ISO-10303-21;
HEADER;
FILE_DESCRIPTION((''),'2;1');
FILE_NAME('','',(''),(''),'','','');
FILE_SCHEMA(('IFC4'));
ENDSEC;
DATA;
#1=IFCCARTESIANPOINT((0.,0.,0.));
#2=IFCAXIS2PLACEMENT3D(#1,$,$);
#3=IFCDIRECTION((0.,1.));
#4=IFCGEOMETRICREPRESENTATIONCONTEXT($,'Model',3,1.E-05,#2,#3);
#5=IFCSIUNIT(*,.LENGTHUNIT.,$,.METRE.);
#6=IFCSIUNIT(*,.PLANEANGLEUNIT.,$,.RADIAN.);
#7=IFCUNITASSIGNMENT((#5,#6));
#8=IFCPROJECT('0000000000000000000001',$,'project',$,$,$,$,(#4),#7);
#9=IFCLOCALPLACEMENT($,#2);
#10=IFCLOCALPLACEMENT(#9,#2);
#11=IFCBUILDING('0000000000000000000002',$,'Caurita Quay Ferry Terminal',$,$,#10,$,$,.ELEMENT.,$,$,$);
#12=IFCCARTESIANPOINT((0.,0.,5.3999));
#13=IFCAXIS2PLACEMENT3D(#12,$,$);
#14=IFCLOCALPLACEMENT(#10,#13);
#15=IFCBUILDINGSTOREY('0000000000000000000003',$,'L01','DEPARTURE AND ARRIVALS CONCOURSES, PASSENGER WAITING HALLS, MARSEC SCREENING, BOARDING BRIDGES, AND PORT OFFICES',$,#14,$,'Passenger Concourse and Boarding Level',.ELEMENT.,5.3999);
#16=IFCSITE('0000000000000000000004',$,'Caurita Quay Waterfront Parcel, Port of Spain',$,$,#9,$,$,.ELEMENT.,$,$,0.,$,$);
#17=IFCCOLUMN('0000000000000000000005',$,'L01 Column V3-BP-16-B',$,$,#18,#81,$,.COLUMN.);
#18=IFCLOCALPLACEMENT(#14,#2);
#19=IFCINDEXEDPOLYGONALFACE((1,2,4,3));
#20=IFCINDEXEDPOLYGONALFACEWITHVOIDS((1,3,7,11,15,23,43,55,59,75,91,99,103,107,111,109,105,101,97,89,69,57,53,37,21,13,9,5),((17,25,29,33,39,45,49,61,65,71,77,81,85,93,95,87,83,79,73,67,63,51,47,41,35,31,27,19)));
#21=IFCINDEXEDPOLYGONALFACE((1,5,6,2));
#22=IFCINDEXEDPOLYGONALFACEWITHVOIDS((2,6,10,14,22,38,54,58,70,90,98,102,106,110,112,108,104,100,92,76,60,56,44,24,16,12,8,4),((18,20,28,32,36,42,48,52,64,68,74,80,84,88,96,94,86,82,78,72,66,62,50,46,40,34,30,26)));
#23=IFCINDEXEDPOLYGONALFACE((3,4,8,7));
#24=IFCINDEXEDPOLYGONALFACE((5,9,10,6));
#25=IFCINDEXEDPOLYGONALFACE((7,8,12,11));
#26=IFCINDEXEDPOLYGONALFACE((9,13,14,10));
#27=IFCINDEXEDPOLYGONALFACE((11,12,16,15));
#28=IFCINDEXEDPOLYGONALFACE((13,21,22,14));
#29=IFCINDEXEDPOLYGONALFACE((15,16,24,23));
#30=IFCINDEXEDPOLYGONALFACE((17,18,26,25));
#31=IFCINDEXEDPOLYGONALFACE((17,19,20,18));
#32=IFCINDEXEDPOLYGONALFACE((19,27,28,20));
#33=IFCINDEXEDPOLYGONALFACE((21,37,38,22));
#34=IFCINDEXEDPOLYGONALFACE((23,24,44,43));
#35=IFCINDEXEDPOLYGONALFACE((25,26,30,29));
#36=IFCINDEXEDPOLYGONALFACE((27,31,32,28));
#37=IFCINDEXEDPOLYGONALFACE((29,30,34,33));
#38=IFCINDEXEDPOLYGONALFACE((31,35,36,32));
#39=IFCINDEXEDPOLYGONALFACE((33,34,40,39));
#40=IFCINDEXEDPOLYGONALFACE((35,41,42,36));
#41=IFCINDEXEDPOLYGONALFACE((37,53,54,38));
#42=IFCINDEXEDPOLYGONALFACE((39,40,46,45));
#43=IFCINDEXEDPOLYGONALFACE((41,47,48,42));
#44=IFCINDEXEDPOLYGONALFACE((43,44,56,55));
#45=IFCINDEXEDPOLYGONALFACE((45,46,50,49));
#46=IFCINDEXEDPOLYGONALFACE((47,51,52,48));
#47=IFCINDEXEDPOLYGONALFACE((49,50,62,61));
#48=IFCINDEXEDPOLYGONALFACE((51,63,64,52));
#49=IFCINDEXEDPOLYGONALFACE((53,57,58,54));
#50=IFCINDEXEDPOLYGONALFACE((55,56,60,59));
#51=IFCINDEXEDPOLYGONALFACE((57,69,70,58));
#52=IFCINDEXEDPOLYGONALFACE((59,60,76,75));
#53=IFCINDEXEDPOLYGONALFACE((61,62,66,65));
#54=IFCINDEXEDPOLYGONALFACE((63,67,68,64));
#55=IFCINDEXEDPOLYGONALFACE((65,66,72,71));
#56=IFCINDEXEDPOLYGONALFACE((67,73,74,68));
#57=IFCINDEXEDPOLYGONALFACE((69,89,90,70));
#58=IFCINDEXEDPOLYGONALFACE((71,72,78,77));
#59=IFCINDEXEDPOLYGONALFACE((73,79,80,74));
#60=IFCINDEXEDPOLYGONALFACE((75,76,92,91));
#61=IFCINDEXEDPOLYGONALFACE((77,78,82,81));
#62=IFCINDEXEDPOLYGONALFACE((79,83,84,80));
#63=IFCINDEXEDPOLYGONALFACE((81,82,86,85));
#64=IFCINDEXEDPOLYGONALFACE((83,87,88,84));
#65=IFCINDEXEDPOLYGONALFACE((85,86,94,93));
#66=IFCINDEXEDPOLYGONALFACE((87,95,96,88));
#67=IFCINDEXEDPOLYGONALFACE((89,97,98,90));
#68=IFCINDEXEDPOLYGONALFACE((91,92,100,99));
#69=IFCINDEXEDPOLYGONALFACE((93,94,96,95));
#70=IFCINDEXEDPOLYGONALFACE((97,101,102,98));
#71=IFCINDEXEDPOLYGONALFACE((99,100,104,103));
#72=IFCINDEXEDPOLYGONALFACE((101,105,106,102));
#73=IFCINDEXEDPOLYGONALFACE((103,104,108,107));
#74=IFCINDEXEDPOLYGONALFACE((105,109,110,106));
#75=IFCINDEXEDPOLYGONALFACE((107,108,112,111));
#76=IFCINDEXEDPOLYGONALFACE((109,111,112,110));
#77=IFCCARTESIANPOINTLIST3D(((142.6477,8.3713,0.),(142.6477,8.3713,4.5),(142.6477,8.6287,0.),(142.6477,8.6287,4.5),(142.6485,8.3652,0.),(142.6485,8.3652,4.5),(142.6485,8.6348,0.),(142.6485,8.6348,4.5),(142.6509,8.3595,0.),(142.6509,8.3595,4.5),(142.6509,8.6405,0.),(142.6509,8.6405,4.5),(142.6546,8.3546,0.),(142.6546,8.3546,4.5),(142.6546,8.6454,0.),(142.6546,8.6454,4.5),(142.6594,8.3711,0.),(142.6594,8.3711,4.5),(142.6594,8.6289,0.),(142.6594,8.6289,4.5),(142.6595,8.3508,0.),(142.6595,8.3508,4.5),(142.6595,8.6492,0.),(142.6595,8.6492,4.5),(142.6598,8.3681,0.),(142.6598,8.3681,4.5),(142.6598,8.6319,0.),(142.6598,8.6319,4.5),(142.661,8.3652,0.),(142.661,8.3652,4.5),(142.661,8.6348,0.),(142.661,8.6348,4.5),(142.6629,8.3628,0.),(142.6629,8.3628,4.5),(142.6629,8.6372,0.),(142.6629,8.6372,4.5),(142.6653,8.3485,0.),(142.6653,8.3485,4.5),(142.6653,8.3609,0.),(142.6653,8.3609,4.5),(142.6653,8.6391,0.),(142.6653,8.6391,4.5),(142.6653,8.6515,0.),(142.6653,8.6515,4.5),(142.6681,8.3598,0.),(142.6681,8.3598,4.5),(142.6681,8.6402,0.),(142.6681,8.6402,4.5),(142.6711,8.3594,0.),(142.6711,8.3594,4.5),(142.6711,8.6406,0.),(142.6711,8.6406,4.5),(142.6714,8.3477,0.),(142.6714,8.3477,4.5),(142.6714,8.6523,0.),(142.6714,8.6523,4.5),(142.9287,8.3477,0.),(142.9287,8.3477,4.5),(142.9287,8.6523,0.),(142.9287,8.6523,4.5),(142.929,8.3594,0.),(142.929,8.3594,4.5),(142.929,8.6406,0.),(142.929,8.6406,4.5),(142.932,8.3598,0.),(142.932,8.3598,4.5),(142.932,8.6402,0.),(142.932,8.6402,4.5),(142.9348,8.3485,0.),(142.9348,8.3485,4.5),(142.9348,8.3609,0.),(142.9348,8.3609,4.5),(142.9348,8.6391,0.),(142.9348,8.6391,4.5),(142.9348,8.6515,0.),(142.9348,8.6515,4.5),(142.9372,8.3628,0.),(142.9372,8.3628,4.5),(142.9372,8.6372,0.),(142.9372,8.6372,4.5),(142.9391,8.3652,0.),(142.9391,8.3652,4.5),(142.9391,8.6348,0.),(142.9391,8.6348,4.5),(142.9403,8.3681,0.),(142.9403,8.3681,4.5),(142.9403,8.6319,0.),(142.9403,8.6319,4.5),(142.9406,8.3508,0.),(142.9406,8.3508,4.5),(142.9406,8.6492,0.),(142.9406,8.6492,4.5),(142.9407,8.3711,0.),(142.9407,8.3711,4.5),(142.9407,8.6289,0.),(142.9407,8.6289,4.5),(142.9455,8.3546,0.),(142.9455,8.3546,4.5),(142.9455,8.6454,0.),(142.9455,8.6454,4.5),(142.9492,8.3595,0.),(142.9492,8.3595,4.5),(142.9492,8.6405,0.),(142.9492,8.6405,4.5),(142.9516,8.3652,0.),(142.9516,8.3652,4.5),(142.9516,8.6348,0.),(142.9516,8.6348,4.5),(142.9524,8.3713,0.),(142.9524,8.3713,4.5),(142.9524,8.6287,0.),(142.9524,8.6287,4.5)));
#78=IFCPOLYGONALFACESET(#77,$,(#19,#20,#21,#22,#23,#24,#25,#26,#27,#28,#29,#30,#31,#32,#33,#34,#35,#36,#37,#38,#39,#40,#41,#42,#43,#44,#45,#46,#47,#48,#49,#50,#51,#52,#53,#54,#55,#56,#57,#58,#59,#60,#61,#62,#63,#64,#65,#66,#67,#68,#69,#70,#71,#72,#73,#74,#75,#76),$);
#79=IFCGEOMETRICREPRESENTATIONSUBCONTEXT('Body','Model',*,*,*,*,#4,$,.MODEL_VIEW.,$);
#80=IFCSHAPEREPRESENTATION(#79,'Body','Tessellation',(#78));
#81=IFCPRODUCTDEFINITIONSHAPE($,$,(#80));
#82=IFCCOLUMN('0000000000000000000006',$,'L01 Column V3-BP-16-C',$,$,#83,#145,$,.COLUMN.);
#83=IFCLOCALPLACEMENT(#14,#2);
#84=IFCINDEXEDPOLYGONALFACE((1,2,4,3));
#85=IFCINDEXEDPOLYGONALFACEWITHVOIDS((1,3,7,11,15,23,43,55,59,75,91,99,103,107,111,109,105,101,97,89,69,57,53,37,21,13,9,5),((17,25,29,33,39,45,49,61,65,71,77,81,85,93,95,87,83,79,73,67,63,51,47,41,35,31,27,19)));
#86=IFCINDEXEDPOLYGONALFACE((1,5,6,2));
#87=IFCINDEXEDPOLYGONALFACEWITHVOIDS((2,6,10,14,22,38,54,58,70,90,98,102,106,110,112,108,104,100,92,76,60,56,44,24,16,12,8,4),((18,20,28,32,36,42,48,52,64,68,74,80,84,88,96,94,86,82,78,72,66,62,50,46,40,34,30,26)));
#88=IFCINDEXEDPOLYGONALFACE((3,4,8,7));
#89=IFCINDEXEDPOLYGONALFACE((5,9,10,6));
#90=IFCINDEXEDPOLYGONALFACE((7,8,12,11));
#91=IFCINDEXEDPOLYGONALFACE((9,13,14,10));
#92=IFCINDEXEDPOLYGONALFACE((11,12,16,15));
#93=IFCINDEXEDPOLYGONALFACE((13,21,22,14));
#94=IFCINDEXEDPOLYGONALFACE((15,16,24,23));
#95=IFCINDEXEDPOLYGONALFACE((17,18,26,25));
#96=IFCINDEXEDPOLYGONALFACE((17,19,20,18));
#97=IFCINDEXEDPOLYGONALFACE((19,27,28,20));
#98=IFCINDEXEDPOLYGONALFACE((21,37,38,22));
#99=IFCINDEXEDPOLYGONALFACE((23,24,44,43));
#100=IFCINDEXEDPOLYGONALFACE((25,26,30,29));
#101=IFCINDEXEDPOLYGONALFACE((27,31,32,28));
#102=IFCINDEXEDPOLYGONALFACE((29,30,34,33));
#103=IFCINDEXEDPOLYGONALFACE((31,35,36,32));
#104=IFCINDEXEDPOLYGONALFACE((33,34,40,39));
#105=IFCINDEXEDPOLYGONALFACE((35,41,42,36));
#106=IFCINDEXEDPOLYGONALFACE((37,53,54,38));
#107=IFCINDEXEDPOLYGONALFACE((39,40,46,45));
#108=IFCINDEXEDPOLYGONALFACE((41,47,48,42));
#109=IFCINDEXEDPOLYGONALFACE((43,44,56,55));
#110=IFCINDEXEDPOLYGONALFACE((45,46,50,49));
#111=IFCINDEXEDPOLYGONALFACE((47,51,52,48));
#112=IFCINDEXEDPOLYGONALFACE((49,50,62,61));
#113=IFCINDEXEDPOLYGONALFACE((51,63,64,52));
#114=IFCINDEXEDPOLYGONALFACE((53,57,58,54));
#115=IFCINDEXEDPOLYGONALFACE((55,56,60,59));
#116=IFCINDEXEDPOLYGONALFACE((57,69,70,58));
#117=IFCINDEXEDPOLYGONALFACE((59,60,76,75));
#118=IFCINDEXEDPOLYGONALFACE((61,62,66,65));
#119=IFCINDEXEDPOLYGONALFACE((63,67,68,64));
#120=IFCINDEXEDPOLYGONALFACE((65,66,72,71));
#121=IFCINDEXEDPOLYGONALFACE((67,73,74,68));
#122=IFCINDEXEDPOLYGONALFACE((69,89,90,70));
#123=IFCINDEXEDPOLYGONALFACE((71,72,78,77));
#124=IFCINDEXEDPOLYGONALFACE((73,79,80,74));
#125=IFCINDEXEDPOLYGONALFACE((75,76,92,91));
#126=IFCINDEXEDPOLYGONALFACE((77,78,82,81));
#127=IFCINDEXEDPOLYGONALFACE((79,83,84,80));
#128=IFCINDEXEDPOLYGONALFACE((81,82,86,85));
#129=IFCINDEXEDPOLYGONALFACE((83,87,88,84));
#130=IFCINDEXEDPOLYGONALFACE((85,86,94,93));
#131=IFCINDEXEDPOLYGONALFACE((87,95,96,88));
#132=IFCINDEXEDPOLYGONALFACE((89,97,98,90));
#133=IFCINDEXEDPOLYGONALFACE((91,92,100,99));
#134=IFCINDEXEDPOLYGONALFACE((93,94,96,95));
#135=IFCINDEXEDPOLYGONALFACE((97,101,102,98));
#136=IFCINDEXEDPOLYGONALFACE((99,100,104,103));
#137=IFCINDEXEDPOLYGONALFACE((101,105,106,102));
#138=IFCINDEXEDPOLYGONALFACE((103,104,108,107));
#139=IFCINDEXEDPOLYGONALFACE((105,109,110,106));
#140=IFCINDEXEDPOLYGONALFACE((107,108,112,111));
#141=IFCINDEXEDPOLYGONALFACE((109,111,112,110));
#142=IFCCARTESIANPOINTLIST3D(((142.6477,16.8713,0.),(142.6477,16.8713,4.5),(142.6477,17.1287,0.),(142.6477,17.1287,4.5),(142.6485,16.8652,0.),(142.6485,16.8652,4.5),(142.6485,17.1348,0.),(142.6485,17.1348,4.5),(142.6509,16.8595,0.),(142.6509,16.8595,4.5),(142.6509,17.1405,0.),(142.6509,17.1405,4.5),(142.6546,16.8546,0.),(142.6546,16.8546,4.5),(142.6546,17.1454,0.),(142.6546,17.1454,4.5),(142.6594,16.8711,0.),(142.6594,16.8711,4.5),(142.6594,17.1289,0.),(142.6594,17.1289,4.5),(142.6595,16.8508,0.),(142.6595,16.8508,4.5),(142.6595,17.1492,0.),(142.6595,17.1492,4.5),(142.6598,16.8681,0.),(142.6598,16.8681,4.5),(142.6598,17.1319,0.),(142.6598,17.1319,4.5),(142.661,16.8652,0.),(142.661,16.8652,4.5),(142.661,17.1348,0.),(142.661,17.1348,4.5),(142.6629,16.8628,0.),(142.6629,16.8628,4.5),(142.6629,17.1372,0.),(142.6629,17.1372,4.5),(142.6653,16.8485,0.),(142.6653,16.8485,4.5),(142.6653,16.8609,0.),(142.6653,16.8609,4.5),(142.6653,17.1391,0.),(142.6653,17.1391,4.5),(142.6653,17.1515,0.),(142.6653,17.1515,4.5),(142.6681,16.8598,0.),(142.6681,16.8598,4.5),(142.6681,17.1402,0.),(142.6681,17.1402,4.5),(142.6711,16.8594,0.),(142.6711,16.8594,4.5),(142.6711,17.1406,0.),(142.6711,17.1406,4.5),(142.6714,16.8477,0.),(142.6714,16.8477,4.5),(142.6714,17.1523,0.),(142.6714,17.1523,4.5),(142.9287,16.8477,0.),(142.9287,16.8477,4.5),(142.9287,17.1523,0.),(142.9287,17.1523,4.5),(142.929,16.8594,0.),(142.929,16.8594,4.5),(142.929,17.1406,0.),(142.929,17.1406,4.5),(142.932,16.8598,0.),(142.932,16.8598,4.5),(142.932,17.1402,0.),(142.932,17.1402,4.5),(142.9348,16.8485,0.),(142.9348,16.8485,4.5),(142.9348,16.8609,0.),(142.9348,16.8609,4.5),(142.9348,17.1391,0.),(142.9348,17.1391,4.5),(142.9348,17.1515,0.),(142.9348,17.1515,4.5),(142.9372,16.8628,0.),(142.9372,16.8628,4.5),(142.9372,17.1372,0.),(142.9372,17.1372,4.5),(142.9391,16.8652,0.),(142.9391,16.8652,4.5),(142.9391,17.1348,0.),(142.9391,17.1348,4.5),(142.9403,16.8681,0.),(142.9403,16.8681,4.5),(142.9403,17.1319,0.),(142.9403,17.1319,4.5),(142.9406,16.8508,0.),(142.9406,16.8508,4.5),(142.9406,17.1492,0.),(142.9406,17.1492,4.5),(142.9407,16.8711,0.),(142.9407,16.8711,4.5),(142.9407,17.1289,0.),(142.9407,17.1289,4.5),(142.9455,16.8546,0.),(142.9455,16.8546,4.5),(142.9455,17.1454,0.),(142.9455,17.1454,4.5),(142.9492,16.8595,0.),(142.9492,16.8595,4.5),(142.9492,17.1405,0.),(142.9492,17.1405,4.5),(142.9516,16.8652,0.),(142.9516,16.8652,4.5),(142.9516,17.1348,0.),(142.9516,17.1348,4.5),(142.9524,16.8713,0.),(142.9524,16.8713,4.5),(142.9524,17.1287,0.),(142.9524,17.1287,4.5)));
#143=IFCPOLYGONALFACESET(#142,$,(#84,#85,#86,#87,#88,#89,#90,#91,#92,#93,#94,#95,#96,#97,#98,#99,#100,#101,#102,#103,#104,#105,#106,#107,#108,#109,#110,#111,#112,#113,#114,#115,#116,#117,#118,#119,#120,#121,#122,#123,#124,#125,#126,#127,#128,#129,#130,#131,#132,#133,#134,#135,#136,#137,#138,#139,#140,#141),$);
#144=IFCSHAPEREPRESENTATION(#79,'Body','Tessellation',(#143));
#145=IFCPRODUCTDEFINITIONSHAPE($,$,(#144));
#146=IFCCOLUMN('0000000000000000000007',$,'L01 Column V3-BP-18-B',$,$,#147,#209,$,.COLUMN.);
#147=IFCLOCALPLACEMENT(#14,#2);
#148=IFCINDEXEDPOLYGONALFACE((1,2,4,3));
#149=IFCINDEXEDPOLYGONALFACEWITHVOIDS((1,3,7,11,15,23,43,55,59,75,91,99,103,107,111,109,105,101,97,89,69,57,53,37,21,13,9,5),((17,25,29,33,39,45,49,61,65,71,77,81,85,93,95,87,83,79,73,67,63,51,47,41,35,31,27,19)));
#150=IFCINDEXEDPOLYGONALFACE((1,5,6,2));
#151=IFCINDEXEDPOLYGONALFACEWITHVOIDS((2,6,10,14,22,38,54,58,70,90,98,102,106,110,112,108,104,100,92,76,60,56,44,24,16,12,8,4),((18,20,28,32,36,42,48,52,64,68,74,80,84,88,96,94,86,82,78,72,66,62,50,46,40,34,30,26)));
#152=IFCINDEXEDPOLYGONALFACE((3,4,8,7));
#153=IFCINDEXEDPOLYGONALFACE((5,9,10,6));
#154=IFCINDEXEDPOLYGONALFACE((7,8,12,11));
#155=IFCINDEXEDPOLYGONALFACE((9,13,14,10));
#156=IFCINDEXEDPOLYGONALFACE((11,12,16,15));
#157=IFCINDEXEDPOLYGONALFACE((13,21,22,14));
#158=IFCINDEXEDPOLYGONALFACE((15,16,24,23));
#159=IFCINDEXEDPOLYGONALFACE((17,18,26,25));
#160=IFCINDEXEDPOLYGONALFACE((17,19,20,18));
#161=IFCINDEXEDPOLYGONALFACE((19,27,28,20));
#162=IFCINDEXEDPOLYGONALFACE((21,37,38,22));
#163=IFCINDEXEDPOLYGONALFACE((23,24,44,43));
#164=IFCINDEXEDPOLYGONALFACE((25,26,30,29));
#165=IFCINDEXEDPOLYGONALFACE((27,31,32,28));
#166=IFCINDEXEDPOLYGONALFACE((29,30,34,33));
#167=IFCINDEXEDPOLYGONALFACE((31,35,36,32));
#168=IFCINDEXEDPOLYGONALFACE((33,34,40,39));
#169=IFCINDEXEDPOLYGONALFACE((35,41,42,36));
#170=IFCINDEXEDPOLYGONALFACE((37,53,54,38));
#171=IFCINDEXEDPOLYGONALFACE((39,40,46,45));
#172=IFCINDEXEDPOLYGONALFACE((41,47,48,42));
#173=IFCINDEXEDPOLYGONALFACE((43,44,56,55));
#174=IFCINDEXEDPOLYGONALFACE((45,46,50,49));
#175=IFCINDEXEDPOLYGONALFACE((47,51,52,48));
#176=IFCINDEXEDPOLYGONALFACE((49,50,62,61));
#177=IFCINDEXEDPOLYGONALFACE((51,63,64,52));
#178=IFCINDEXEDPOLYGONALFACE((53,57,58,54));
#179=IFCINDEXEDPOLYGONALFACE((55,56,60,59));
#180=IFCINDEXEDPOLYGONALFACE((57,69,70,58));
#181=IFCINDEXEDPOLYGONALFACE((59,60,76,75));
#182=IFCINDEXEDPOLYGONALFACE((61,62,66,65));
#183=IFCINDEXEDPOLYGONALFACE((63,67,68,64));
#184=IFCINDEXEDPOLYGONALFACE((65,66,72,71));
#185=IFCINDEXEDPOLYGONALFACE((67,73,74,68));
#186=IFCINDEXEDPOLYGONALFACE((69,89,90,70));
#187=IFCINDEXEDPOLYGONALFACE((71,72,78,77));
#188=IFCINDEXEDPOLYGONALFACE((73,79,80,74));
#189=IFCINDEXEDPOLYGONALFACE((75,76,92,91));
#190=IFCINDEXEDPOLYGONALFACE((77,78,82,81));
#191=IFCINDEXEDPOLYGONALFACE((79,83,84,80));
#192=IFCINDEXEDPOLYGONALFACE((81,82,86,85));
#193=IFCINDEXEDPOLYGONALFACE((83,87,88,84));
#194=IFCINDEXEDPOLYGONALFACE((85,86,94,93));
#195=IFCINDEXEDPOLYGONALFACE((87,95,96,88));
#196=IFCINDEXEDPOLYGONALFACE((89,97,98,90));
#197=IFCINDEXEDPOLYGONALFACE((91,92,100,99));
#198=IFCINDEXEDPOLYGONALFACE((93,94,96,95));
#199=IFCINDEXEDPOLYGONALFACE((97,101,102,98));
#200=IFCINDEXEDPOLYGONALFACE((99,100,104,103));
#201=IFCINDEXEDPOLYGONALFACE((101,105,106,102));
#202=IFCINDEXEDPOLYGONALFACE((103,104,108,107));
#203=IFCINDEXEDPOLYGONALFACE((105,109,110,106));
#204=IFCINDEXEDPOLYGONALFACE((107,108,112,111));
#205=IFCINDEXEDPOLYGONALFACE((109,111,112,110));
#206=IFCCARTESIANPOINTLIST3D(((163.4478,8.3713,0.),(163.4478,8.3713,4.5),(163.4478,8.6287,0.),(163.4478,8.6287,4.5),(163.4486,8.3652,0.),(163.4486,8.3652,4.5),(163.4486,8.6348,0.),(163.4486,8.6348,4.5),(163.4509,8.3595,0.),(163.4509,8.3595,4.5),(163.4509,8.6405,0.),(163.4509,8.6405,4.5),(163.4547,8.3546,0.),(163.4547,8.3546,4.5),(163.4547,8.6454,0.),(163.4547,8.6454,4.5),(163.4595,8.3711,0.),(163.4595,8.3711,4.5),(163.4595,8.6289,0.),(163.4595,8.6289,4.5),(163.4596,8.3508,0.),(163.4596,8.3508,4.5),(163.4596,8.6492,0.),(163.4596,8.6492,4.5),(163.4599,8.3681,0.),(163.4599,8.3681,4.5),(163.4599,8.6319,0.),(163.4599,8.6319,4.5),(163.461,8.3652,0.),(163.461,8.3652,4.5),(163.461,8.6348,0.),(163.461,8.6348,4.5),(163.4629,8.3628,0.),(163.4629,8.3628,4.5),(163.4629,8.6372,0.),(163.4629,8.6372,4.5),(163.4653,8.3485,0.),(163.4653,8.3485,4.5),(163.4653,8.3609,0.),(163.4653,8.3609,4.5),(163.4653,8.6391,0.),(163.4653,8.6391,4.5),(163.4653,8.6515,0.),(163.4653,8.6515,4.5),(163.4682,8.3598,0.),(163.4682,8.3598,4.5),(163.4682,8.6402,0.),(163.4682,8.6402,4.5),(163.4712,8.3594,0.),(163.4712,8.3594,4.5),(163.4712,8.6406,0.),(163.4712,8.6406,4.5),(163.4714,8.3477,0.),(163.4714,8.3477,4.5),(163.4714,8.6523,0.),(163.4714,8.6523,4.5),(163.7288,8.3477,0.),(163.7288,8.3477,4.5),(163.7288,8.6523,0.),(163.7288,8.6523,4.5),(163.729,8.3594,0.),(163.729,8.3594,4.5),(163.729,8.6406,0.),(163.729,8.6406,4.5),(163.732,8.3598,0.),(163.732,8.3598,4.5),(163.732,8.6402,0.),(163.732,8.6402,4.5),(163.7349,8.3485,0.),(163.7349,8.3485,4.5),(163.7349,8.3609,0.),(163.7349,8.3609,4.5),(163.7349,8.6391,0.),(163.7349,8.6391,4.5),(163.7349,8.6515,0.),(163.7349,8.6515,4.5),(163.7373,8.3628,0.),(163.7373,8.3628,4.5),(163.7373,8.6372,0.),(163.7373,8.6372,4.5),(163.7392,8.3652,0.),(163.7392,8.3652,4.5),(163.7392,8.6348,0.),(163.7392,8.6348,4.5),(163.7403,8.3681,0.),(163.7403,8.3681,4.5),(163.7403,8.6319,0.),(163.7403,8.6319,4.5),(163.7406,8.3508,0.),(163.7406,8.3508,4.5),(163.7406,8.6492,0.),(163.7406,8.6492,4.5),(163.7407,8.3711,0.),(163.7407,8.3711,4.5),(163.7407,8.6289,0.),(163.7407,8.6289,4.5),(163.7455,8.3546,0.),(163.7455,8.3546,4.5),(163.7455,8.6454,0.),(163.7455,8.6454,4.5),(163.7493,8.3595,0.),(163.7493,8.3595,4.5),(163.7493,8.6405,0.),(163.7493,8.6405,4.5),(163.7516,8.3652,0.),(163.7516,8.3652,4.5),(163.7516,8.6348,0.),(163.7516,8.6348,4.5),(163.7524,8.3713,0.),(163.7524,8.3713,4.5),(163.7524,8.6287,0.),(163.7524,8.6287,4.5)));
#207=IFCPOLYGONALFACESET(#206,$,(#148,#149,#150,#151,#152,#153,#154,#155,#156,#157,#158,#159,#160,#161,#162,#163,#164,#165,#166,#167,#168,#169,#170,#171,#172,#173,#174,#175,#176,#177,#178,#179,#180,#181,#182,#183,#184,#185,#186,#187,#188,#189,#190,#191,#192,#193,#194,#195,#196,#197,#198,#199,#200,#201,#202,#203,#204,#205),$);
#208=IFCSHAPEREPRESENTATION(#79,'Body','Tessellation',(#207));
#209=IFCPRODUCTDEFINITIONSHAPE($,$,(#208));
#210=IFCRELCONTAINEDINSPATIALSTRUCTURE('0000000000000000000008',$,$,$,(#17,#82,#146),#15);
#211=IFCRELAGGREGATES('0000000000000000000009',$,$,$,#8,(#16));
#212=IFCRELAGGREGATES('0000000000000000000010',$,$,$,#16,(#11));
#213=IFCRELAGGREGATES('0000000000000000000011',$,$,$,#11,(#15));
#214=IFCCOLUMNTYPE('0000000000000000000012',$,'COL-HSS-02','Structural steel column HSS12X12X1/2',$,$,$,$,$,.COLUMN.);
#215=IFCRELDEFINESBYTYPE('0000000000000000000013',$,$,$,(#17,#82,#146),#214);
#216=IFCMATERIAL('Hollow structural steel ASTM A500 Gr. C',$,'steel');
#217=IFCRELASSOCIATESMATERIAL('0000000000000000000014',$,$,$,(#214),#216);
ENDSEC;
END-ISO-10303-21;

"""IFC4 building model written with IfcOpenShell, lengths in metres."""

from ifc_helpers import new_model, si_unit, direction, frame, origin, origin_2d, place, context, subcontext, project, spatial, hollow_rectangle, extrude, material, material_profile, profile_set, type_object, element, save


model = new_model("IFC4")

# Units and contexts
model_context = context("Model", 3, precision=1e-05, world=origin(), true_north=direction((0.0, 1.0)))
body_context = subcontext(model_context, "Body", "Model", "MODEL_VIEW")
ifc_project = project(units=[si_unit("LENGTHUNIT", "METRE"), si_unit("PLANEANGLEUNIT", "RADIAN")], contexts=[model_context])

# Site, building, storey
site_placement = place(None, origin())
site = spatial("IfcSite", under=ifc_project, at=site_placement, Name="Caurita Quay Waterfront Parcel, Port of Spain", CompositionType="ELEMENT", RefElevation=0.0)
building_placement = place(site_placement, origin())
building = spatial("IfcBuilding", under=site, at=building_placement, Name="Caurita Quay Ferry Terminal", CompositionType="ELEMENT")
storey_placement = place(building_placement, frame((0.0, 0.0, 5.3999)))
storey = spatial("IfcBuildingStorey", under=building, at=storey_placement, Name="L01", Description="DEPARTURE AND ARRIVALS CONCOURSES, PASSENGER WAITING HALLS, MARSEC SCREENING, BOARDING BRIDGES, AND PORT OFFICES", LongName="Passenger Concourse and Boarding Level", CompositionType="ELEMENT", Elevation=5.3999)

# Columns
ifc_material_1 = material(Name="Hollow structural steel ASTM A500 Gr. C", Category="steel")
ifc_material_profile_1 = material_profile(ifc_material_1, hollow_rectangle(XDim=0.3047, YDim=0.3047, WallThickness=0.0117, InnerFilletRadius=0.0117, OuterFilletRadius=0.0237, at=origin_2d()), Name="HSS12X12X1/2")
ifc_profile_set_1 = profile_set([ifc_material_profile_1], Name="Hollow structural steel ASTM A500 Gr. C")
column_type = type_object("IfcColumnType", Name="COL-HSS-02", Description="Structural steel column HSS12X12X1/2", PredefinedType="COLUMN", material=ifc_profile_set_1)
for number, where, z_axis, x_axis, name in (
    (1, (142.8, 8.5, 0.0), (0.0, 0.0, 1.0), (1.0, 0.0, 0.0), "L01 Column V3-BP-16-B"),
    (2, (142.8, 17.0, 0.0), (0.0, 0.0, 1.0), (1.0, 0.0, 0.0), "L01 Column V3-BP-16-C"),
    (3, (163.6001, 8.5, 0.0), (0.0, 0.0, 1.0), (1.0, 0.0, 0.0), "L01 Column V3-BP-18-B"),
):
    element("IfcColumn", number, at=place(storey_placement, frame(where, z_axis=z_axis, x_axis=x_axis)), inside=storey, type_object=column_type, Name=name, PredefinedType="COLUMN", context=body_context, shape_type="SweptSolid", body=[
        extrude(hollow_rectangle(XDim=0.3047, YDim=0.3047, WallThickness=0.0117, InnerFilletRadius=0.0117, OuterFilletRadius=0.0237, at=origin_2d()), origin(), (0.0, 0.0, 1.0), 4.5),
    ])

save(model, "model.ifc")
